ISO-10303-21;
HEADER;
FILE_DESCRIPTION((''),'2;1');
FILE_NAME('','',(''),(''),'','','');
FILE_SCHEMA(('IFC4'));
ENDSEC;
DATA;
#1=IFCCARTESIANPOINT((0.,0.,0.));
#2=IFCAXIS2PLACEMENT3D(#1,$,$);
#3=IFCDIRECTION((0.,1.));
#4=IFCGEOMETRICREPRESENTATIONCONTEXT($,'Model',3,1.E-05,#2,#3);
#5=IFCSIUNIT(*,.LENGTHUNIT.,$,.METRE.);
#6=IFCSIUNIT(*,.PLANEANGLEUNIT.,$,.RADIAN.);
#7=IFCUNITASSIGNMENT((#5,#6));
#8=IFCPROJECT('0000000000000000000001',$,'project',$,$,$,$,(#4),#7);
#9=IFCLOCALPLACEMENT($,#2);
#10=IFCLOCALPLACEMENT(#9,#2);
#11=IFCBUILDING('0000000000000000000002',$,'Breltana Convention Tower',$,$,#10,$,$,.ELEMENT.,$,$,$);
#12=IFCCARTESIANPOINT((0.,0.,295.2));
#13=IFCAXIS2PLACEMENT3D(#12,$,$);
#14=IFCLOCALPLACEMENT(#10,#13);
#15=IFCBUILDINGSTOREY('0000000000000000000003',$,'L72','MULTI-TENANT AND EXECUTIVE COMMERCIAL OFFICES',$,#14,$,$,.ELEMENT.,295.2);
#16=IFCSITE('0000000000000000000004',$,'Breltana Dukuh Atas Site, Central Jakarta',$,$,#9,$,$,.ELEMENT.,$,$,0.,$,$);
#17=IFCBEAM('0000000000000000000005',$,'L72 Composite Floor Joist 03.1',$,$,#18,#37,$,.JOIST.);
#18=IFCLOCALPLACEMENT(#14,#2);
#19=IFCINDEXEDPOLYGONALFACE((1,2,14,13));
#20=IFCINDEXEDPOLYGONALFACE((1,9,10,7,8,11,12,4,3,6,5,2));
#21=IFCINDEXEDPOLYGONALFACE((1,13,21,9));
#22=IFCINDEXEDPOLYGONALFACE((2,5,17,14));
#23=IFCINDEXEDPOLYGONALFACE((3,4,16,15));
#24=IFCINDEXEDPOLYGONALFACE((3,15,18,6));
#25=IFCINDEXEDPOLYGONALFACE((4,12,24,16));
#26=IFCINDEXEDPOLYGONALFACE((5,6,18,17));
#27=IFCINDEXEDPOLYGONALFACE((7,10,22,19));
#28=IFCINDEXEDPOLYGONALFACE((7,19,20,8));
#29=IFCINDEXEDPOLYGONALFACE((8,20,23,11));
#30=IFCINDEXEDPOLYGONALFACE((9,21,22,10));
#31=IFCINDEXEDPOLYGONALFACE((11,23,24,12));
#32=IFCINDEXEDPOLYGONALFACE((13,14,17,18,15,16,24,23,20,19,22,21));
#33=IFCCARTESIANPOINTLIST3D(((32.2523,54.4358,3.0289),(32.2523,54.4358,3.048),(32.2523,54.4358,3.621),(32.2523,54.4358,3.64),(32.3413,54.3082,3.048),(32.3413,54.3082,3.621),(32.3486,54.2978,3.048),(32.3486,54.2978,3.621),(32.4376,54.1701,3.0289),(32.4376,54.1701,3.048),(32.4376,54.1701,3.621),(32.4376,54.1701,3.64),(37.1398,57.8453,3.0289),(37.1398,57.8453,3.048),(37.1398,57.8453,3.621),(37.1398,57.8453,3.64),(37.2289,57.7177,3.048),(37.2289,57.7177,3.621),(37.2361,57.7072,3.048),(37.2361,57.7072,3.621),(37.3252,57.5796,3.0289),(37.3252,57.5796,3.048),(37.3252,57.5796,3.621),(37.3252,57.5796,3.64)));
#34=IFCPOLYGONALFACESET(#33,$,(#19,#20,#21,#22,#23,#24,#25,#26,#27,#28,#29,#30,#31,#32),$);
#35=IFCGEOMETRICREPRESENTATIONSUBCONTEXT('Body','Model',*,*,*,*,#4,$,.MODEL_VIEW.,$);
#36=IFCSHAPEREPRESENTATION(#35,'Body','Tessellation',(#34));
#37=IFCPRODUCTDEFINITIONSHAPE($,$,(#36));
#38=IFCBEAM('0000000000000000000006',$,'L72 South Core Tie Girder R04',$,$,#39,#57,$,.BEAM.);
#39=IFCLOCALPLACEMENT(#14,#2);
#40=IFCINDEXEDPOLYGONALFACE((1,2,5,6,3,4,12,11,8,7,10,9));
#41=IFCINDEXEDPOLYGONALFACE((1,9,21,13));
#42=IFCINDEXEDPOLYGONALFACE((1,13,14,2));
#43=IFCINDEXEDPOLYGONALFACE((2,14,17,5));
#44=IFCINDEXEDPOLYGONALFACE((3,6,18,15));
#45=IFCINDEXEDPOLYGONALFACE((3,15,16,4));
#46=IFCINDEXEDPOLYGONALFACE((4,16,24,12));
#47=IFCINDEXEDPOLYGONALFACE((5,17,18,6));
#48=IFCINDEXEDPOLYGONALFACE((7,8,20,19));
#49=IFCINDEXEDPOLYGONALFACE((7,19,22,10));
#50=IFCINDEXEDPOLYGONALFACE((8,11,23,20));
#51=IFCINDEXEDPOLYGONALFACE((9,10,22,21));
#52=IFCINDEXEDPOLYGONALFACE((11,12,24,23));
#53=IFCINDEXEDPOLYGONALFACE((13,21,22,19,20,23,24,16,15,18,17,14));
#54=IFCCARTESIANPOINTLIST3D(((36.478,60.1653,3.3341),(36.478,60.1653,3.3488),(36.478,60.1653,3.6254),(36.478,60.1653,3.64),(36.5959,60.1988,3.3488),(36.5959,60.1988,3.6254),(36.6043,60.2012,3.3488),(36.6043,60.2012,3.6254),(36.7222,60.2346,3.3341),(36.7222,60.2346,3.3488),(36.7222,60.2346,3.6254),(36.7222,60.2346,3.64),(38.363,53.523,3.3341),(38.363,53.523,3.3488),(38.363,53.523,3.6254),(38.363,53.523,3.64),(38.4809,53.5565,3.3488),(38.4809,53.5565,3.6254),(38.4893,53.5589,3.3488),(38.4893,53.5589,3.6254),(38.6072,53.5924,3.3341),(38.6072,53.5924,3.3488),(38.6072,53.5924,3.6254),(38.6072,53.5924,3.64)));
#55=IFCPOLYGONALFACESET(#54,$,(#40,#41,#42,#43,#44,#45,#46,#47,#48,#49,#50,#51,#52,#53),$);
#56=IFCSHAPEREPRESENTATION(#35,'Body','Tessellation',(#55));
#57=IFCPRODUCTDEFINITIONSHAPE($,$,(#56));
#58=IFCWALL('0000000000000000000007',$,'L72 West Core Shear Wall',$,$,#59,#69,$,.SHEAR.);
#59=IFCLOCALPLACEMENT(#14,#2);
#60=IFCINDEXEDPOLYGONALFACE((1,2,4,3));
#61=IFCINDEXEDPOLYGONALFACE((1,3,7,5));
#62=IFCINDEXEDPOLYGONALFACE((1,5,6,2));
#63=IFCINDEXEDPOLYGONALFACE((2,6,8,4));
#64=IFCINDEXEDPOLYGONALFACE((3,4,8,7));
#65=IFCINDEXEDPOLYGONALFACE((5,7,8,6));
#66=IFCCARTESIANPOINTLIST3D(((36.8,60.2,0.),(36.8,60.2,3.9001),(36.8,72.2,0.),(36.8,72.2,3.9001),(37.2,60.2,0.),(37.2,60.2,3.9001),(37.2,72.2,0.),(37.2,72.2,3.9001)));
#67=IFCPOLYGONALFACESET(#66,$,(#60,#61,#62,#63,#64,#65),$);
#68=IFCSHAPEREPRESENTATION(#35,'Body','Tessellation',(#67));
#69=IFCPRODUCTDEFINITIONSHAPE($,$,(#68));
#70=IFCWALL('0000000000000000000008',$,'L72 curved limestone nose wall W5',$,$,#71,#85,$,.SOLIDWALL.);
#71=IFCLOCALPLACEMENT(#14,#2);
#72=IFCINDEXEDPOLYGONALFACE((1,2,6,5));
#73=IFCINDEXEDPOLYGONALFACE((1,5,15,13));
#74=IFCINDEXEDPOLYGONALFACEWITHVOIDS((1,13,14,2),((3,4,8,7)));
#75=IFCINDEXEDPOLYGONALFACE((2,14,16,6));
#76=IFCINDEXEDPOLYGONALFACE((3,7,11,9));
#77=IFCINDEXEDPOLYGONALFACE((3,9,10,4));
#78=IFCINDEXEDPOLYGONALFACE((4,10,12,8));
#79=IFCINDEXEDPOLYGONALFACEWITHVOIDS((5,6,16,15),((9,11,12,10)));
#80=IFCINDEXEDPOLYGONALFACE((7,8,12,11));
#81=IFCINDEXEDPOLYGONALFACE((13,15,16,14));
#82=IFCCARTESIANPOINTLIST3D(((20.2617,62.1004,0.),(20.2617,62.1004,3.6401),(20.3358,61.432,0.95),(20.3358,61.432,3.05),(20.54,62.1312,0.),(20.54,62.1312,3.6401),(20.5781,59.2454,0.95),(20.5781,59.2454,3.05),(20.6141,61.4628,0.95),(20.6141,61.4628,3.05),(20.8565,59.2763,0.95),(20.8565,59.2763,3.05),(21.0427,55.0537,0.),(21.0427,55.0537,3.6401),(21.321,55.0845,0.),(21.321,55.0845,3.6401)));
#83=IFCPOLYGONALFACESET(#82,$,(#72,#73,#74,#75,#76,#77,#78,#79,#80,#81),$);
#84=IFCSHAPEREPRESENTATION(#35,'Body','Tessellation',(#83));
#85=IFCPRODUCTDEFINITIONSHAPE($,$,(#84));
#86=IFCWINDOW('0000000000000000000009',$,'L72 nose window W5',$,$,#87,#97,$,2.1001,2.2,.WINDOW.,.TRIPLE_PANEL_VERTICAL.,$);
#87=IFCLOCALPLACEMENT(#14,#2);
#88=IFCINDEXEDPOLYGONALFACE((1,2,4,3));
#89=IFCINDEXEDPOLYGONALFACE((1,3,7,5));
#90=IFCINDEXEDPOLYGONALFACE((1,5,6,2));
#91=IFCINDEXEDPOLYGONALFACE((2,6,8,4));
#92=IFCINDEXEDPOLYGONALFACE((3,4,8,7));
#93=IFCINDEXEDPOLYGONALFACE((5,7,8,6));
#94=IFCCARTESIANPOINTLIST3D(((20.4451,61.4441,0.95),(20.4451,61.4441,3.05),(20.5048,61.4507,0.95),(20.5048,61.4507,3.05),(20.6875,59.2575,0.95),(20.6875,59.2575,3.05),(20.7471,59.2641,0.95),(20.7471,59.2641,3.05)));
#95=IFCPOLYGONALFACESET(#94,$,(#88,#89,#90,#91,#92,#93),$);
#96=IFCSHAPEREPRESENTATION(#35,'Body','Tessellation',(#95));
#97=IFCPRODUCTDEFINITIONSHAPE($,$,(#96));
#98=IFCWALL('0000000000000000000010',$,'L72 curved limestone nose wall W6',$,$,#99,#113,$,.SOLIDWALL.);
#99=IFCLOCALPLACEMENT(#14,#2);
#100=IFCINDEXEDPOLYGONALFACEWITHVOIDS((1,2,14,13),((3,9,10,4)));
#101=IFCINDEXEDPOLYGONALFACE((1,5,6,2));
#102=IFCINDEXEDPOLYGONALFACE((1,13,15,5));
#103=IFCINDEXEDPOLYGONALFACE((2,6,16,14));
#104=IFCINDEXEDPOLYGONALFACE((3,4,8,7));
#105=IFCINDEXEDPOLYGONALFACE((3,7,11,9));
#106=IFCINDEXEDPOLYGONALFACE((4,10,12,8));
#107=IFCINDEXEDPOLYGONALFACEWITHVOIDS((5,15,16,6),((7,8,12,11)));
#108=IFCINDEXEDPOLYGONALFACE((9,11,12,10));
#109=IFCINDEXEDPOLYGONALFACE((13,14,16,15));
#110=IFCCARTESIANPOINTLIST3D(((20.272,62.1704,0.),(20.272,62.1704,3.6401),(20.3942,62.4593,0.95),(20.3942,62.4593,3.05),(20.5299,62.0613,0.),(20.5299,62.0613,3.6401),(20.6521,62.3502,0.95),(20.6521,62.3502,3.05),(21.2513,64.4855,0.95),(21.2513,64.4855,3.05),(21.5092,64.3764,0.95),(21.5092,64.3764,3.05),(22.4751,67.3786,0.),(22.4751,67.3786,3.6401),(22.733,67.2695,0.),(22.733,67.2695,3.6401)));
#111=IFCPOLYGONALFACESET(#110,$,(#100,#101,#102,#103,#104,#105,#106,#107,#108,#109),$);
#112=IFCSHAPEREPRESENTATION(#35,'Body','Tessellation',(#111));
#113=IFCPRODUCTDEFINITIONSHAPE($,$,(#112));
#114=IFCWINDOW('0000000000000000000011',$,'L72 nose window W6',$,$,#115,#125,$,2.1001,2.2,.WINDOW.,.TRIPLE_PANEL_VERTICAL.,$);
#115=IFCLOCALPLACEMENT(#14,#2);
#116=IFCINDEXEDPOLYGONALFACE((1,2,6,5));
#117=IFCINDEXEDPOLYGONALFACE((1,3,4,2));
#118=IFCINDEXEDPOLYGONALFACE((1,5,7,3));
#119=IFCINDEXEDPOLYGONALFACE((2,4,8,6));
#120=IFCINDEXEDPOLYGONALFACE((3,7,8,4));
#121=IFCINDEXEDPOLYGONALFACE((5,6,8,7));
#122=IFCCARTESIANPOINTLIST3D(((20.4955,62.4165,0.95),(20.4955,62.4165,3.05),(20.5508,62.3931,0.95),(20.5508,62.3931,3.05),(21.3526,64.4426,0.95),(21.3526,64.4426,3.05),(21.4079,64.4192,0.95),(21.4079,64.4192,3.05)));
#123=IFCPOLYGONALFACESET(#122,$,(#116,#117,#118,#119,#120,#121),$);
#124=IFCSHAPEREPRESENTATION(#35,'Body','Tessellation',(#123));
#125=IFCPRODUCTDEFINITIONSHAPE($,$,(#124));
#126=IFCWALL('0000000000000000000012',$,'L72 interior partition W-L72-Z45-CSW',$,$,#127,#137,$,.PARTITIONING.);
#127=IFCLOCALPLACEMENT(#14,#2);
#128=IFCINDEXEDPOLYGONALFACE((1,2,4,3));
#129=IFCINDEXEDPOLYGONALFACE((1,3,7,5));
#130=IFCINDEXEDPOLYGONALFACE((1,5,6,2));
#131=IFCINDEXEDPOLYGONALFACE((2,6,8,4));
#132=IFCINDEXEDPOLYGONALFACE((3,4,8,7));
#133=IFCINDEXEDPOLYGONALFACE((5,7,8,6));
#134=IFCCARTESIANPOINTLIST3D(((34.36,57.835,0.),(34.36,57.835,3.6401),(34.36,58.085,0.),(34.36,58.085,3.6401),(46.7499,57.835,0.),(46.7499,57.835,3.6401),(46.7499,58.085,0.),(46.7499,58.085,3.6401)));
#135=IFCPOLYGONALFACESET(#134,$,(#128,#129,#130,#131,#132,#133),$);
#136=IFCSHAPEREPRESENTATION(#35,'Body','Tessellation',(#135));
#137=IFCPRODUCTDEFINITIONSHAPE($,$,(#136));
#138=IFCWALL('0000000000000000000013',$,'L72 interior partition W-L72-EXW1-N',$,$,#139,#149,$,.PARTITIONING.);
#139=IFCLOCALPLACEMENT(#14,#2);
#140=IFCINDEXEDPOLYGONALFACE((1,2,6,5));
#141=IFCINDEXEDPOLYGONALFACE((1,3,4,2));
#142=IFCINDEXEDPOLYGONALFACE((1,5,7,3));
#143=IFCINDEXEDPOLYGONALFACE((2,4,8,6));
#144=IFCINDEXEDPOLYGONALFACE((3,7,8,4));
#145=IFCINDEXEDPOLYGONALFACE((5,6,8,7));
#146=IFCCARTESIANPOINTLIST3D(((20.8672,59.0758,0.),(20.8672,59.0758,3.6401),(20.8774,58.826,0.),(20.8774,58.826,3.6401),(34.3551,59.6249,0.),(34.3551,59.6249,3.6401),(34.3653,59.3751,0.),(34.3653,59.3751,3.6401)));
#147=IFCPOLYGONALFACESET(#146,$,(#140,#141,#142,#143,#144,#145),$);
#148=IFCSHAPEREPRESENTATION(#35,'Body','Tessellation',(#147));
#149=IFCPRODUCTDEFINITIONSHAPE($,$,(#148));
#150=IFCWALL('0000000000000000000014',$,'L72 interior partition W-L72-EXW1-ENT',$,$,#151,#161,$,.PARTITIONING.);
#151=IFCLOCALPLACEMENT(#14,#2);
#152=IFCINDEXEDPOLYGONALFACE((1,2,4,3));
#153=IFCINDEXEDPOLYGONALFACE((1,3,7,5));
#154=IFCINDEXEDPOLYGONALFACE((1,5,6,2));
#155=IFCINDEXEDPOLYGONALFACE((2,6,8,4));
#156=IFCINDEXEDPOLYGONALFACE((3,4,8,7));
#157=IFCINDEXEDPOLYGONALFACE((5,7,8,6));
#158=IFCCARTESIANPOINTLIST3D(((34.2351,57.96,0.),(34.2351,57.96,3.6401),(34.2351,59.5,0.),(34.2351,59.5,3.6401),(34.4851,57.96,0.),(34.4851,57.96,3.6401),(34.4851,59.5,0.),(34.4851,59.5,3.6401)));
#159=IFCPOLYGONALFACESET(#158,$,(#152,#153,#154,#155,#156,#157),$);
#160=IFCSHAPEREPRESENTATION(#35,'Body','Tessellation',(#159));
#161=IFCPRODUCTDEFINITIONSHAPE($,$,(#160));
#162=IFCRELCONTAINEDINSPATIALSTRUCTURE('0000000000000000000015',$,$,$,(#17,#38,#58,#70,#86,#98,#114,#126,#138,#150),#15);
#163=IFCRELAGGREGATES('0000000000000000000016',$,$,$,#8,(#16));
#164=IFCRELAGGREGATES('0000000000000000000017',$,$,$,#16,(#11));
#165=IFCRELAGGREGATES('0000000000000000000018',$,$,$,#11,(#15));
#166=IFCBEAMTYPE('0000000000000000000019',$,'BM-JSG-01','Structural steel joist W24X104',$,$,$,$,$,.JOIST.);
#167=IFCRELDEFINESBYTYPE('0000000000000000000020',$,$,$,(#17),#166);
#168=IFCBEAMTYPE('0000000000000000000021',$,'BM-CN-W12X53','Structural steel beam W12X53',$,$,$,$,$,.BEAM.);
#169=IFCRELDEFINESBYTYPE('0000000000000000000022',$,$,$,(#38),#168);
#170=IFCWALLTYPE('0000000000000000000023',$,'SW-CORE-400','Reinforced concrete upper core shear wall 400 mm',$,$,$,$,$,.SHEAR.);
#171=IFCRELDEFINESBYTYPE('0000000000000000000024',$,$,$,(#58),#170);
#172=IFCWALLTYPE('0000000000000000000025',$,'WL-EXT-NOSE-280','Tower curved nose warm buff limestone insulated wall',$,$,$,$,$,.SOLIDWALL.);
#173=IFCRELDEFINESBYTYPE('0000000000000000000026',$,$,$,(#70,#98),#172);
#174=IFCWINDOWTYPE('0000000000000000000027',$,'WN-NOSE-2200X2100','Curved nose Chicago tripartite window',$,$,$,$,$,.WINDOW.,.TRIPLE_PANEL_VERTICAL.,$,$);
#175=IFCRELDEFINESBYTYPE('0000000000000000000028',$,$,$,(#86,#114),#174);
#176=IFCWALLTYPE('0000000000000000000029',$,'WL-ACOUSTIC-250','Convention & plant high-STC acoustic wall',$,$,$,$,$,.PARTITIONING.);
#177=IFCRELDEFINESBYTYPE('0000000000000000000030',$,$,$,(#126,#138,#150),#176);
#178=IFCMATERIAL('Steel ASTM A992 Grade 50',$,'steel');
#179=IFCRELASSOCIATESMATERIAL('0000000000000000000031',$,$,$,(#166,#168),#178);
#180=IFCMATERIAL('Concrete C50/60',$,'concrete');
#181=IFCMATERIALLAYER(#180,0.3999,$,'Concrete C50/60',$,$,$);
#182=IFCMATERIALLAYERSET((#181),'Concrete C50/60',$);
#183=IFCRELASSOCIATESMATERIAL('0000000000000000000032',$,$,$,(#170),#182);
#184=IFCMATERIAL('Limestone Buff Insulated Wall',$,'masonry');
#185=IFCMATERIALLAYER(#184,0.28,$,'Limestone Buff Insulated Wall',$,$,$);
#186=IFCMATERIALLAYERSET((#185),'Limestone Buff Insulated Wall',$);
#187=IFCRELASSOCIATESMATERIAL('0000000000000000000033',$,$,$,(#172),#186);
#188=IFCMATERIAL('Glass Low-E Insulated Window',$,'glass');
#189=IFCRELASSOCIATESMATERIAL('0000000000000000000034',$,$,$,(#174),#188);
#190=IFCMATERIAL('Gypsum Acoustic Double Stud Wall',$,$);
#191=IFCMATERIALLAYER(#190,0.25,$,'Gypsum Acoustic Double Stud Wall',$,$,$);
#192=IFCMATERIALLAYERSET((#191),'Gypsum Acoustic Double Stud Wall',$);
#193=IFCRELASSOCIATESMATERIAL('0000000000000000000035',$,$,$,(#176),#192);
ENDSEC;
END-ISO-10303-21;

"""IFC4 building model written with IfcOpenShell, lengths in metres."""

from ifc_helpers import new_model, si_unit, direction, frame, frame_2d, origin, origin_2d, place, context, subcontext, project, spatial, rectangle, i_section, extrude, source, transform, mapped, material, layer, layer_set, material_profile, profile_set, type_object, type_shapes, element, fill, save


model = new_model("IFC4")

# Units and contexts
model_context = context("Model", 3, precision=1e-05, world=origin(), true_north=direction((0.0, 1.0)))
body_context = subcontext(model_context, "Body", "Model", "MODEL_VIEW")
ifc_project = project(units=[si_unit("LENGTHUNIT", "METRE"), si_unit("PLANEANGLEUNIT", "RADIAN")], contexts=[model_context])

# Site, building, storey
site_placement = place(None, origin())
site = spatial("IfcSite", under=ifc_project, at=site_placement, Name="Breltana Dukuh Atas Site, Central Jakarta", CompositionType="ELEMENT", RefElevation=0.0)
building_placement = place(site_placement, origin())
building = spatial("IfcBuilding", under=site, at=building_placement, Name="Breltana Convention Tower", CompositionType="ELEMENT")
storey_placement = place(building_placement, frame((0.0, 0.0, 295.2)))
storey = spatial("IfcBuildingStorey", under=building, at=storey_placement, Name="L72", Description="MULTI-TENANT AND EXECUTIVE COMMERCIAL OFFICES", CompositionType="ELEMENT", Elevation=295.2)

# Beams
ifc_material_1 = material(Name="Steel ASTM A992 Grade 50", Category="steel")
ifc_material_profile_1 = material_profile(ifc_material_1, i_section(OverallWidth=0.324, OverallDepth=0.6111, WebThickness=0.0127, FlangeThickness=0.019, at=origin_2d()), Name="W24X104")
ifc_profile_set_1 = profile_set([ifc_material_profile_1], Name="Steel ASTM A992 Grade 50")
beam_type_1 = type_object("IfcBeamType", Name="BM-JSG-01", Description="Structural steel joist W24X104", PredefinedType="JOIST", material=ifc_profile_set_1)
shared_shape_1 = source(origin(), body_context, "Body", "SweptSolid", [
    extrude(i_section(OverallWidth=0.324, OverallDepth=0.6111, WebThickness=0.0127, FlangeThickness=0.019, at=origin_2d()), origin(), (0.0, 0.0, 1.0), 5.9592),
])
beam_1_placement = place(storey_placement, frame((32.345, 54.303, 3.3345), z_axis=(0.82016, 0.572134, 0.0), x_axis=(-0.572134, 0.82016, 0.0)))
element("IfcBeam", 1, at=beam_1_placement, inside=storey, type_object=beam_type_1, Name="L72 Composite Floor Joist 03.1", PredefinedType="JOIST", context=body_context, shape_type="MappedRepresentation", body=[
    mapped(shared_shape_1, transform((0.0, 0.0, 0.0), scale=1.0)),
])
ifc_material_profile_2 = material_profile(ifc_material_1, i_section(OverallWidth=0.2539, OverallDepth=0.3059, WebThickness=0.0088, FlangeThickness=0.0146, at=origin_2d()), Name="W12X53")
ifc_profile_set_2 = profile_set([ifc_material_profile_2], Name="Steel ASTM A992 Grade 50")
beam_type_2 = type_object("IfcBeamType", Name="BM-CN-W12X53", Description="Structural steel beam W12X53", PredefinedType="BEAM", material=ifc_profile_set_2)
shared_shape_2 = source(origin(), body_context, "Body", "SweptSolid", [
    extrude(i_section(OverallWidth=0.2539, OverallDepth=0.3059, WebThickness=0.0088, FlangeThickness=0.0146, at=origin_2d()), origin(), (0.0, 0.0, 1.0), 6.9045),
])
beam_2_placement = place(storey_placement, frame((36.6001, 60.2, 3.4871), z_axis=(0.273007, -0.962012, 0.0), x_axis=(0.962012, 0.273007, 0.0)))
element("IfcBeam", 2, at=beam_2_placement, inside=storey, type_object=beam_type_2, Name="L72 South Core Tie Girder R04", PredefinedType="BEAM", context=body_context, shape_type="MappedRepresentation", body=[
    mapped(shared_shape_2, transform((0.0, 0.0, 0.0), scale=1.0)),
])

# Wall
ifc_material_2 = material(Name="Concrete C50/60", Category="concrete")
ifc_layer_1 = layer(ifc_material_2, 0.3999, Name="Concrete C50/60")
ifc_layer_set_1 = layer_set([ifc_layer_1], Name="Concrete C50/60")
wall_type_1 = type_object("IfcWallType", Name="SW-CORE-400", Description="Reinforced concrete upper core shear wall 400 mm", PredefinedType="SHEAR", material=ifc_layer_set_1)
shared_shape_3 = source(origin(), body_context, "Body", "SweptSolid", [
    extrude(rectangle(XDim=12.0, YDim=0.3999, at=frame_2d((6.0, 0.0))), origin(), (0.0, 0.0, 1.0), 3.9001),
])
wall_1_placement = place(storey_placement, frame((37.0, 60.2, 0.0), z_axis=(0.0, 0.0, 1.0), x_axis=(0.0, 1.0, 0.0)))
element("IfcWall", 3, at=wall_1_placement, inside=storey, type_object=wall_type_1, Name="L72 West Core Shear Wall", PredefinedType="SHEAR", context=body_context, shape_type="MappedRepresentation", body=[
    mapped(shared_shape_3, transform((0.0, 0.0, 0.0), scale=1.0)),
])

# Walls, openings, windows
ifc_material_3 = material(Name="Limestone Buff Insulated Wall", Category="masonry")
ifc_layer_2 = layer(ifc_material_3, 0.28, Name="Limestone Buff Insulated Wall")
ifc_layer_set_2 = layer_set([ifc_layer_2], Name="Limestone Buff Insulated Wall")
wall_type_2 = type_object("IfcWallType", Name="WL-EXT-NOSE-280", Description="Tower curved nose warm buff limestone insulated wall", PredefinedType="SOLIDWALL", material=ifc_layer_set_2)
shared_shape_4 = source(origin(), body_context, "Body", "SweptSolid", [
    extrude(rectangle(XDim=7.0898, YDim=0.28, at=frame_2d((3.5449, 0.0))), origin(), (0.0, 0.0, 1.0), 3.6401),
])
wall_2_placement = place(storey_placement, frame((21.1819, 55.0691, 0.0), z_axis=(0.0, 0.0, 1.0), x_axis=(-0.110159, 0.993914, 0.0)))
wall_2 = element("IfcWall", 4, at=wall_2_placement, inside=storey, type_object=wall_type_2, Name="L72 curved limestone nose wall W5", PredefinedType="SOLIDWALL", context=body_context, shape_type="MappedRepresentation", body=[
    mapped(shared_shape_4, transform((0.0, 0.0, 0.0), scale=1.0)),
])
opening_1_placement = place(wall_2_placement, frame((4.2173, 0.0, 0.95)))
opening_1 = element("IfcOpeningElement", 5, at=opening_1_placement, cuts=wall_2, PredefinedType="OPENING", context=body_context, shape_type="SweptSolid", body=[
    extrude(rectangle(XDim=2.2, YDim=2.1001, at=frame_2d((1.1001, 1.05))), frame((0.0, 0.1499, 0.0), z_axis=(0.0, -1.0, 0.0), x_axis=(1.0, 0.0, 0.0)), (0.0, 0.0, 1.0), 0.3),
])
ifc_material_4 = material(Name="Glass Low-E Insulated Window", Category="glass")
window_type = type_object("IfcWindowType", Name="WN-NOSE-2200X2100", Description="Curved nose Chicago tripartite window", PartitioningType="TRIPLE_PANEL_VERTICAL", PredefinedType="WINDOW", material=ifc_material_4)
shared_shape_5 = source(origin(), body_context, "Body", "SweptSolid", [
    extrude(rectangle(XDim=2.2, YDim=2.1001, at=frame_2d((1.1001, 1.05))), frame((0.0, 0.03, 0.0), z_axis=(0.0, -1.0, 0.0), x_axis=(1.0, 0.0, 0.0)), (0.0, 0.0, 1.0), 0.0601),
])
type_shapes(window_type, [shared_shape_5])
window_1_placement = place(opening_1_placement, origin())
window_1 = element("IfcWindow", 6, at=window_1_placement, inside=storey, type_object=window_type, Name="L72 nose window W5", OverallHeight=2.1001, OverallWidth=2.2, PartitioningType="TRIPLE_PANEL_VERTICAL", PredefinedType="WINDOW", context=body_context, shape_type="MappedRepresentation", body=[
    mapped(shared_shape_5, transform((0.0, 0.0, 0.0), scale=1.0)),
])
fill(opening_1, window_1)
shared_shape_6 = source(origin(), body_context, "Body", "SweptSolid", [
    extrude(rectangle(XDim=5.655, YDim=0.28, at=frame_2d((2.8276, 0.0))), origin(), (0.0, 0.0, 1.0), 3.6401),
])
wall_3_placement = place(storey_placement, frame((20.4009, 62.1157, 0.0), z_axis=(0.0, 0.0, 1.0), x_axis=(0.389585, 0.92099, 0.0)))
wall_3 = element("IfcWall", 7, at=wall_3_placement, inside=storey, type_object=wall_type_2, Name="L72 curved limestone nose wall W6", PredefinedType="SOLIDWALL", context=body_context, shape_type="MappedRepresentation", body=[
    mapped(shared_shape_6, transform((0.0, 0.0, 0.0), scale=1.0)),
])
opening_2_placement = place(wall_3_placement, frame((0.3137, 0.0, 0.95)))
opening_2 = element("IfcOpeningElement", 8, at=opening_2_placement, cuts=wall_3, PredefinedType="OPENING", context=body_context, shape_type="SweptSolid", body=[
    extrude(rectangle(XDim=2.2, YDim=2.1001, at=frame_2d((1.1001, 1.05))), frame((0.0, 0.1499, 0.0), z_axis=(0.0, -1.0, 0.0), x_axis=(1.0, 0.0, 0.0)), (0.0, 0.0, 1.0), 0.3),
])
window_2_placement = place(opening_2_placement, origin())
window_2 = element("IfcWindow", 9, at=window_2_placement, inside=storey, type_object=window_type, Name="L72 nose window W6", OverallHeight=2.1001, OverallWidth=2.2, PartitioningType="TRIPLE_PANEL_VERTICAL", PredefinedType="WINDOW", context=body_context, shape_type="MappedRepresentation", body=[
    mapped(shared_shape_5, transform((0.0, 0.0, 0.0), scale=1.0)),
])
fill(opening_2, window_2)

# Walls
ifc_material_5 = material(Name="Gypsum Acoustic Double Stud Wall")
ifc_layer_3 = layer(ifc_material_5, 0.25, Name="Gypsum Acoustic Double Stud Wall")
ifc_layer_set_3 = layer_set([ifc_layer_3], Name="Gypsum Acoustic Double Stud Wall")
wall_type_3 = type_object("IfcWallType", Name="WL-ACOUSTIC-250", Description="Convention & plant high-STC acoustic wall", PredefinedType="PARTITIONING", material=ifc_layer_set_3)
shared_shape_7 = source(origin(), body_context, "Body", "SweptSolid", [
    extrude(rectangle(XDim=12.3899, YDim=0.25, at=frame_2d((6.1948, 0.0))), origin(), (0.0, 0.0, 1.0), 3.6401),
])
wall_4_placement = place(storey_placement, frame((34.3601, 57.96, 0.0), z_axis=(0.0, 0.0, 1.0), x_axis=(1.0, 0.0, 0.0)))
element("IfcWall", 10, at=wall_4_placement, inside=storey, type_object=wall_type_3, Name="L72 interior partition W-L72-Z45-CSW", PredefinedType="PARTITIONING", context=body_context, shape_type="MappedRepresentation", body=[
    mapped(shared_shape_7, transform((0.0, 0.0, 0.0), scale=1.0)),
])
shared_shape_8 = source(origin(), body_context, "Body", "SweptSolid", [
    extrude(rectangle(XDim=13.499, YDim=0.25, at=frame_2d((6.7495, 0.0))), origin(), (0.0, 0.0, 1.0), 3.6401),
])
wall_5_placement = place(storey_placement, frame((20.8723, 58.9509, 0.0), z_axis=(0.0, 0.0, 1.0), x_axis=(0.999172, 0.040675, 0.0)))
element("IfcWall", 11, at=wall_5_placement, inside=storey, type_object=wall_type_3, Name="L72 interior partition W-L72-EXW1-N", PredefinedType="PARTITIONING", context=body_context, shape_type="MappedRepresentation", body=[
    mapped(shared_shape_8, transform((0.0, 0.0, 0.0), scale=1.0)),
])
shared_shape_9 = source(origin(), body_context, "Body", "SweptSolid", [
    extrude(rectangle(XDim=1.54, YDim=0.25, at=frame_2d((0.77, 0.0))), origin(), (0.0, 0.0, 1.0), 3.6401),
])
wall_6_placement = place(storey_placement, frame((34.3601, 57.96, 0.0), z_axis=(0.0, 0.0, 1.0), x_axis=(0.0, 1.0, 0.0)))
element("IfcWall", 12, at=wall_6_placement, inside=storey, type_object=wall_type_3, Name="L72 interior partition W-L72-EXW1-ENT", PredefinedType="PARTITIONING", context=body_context, shape_type="MappedRepresentation", body=[
    mapped(shared_shape_9, transform((0.0, 0.0, 0.0), scale=1.0)),
])

save(model, "model.ifc")
